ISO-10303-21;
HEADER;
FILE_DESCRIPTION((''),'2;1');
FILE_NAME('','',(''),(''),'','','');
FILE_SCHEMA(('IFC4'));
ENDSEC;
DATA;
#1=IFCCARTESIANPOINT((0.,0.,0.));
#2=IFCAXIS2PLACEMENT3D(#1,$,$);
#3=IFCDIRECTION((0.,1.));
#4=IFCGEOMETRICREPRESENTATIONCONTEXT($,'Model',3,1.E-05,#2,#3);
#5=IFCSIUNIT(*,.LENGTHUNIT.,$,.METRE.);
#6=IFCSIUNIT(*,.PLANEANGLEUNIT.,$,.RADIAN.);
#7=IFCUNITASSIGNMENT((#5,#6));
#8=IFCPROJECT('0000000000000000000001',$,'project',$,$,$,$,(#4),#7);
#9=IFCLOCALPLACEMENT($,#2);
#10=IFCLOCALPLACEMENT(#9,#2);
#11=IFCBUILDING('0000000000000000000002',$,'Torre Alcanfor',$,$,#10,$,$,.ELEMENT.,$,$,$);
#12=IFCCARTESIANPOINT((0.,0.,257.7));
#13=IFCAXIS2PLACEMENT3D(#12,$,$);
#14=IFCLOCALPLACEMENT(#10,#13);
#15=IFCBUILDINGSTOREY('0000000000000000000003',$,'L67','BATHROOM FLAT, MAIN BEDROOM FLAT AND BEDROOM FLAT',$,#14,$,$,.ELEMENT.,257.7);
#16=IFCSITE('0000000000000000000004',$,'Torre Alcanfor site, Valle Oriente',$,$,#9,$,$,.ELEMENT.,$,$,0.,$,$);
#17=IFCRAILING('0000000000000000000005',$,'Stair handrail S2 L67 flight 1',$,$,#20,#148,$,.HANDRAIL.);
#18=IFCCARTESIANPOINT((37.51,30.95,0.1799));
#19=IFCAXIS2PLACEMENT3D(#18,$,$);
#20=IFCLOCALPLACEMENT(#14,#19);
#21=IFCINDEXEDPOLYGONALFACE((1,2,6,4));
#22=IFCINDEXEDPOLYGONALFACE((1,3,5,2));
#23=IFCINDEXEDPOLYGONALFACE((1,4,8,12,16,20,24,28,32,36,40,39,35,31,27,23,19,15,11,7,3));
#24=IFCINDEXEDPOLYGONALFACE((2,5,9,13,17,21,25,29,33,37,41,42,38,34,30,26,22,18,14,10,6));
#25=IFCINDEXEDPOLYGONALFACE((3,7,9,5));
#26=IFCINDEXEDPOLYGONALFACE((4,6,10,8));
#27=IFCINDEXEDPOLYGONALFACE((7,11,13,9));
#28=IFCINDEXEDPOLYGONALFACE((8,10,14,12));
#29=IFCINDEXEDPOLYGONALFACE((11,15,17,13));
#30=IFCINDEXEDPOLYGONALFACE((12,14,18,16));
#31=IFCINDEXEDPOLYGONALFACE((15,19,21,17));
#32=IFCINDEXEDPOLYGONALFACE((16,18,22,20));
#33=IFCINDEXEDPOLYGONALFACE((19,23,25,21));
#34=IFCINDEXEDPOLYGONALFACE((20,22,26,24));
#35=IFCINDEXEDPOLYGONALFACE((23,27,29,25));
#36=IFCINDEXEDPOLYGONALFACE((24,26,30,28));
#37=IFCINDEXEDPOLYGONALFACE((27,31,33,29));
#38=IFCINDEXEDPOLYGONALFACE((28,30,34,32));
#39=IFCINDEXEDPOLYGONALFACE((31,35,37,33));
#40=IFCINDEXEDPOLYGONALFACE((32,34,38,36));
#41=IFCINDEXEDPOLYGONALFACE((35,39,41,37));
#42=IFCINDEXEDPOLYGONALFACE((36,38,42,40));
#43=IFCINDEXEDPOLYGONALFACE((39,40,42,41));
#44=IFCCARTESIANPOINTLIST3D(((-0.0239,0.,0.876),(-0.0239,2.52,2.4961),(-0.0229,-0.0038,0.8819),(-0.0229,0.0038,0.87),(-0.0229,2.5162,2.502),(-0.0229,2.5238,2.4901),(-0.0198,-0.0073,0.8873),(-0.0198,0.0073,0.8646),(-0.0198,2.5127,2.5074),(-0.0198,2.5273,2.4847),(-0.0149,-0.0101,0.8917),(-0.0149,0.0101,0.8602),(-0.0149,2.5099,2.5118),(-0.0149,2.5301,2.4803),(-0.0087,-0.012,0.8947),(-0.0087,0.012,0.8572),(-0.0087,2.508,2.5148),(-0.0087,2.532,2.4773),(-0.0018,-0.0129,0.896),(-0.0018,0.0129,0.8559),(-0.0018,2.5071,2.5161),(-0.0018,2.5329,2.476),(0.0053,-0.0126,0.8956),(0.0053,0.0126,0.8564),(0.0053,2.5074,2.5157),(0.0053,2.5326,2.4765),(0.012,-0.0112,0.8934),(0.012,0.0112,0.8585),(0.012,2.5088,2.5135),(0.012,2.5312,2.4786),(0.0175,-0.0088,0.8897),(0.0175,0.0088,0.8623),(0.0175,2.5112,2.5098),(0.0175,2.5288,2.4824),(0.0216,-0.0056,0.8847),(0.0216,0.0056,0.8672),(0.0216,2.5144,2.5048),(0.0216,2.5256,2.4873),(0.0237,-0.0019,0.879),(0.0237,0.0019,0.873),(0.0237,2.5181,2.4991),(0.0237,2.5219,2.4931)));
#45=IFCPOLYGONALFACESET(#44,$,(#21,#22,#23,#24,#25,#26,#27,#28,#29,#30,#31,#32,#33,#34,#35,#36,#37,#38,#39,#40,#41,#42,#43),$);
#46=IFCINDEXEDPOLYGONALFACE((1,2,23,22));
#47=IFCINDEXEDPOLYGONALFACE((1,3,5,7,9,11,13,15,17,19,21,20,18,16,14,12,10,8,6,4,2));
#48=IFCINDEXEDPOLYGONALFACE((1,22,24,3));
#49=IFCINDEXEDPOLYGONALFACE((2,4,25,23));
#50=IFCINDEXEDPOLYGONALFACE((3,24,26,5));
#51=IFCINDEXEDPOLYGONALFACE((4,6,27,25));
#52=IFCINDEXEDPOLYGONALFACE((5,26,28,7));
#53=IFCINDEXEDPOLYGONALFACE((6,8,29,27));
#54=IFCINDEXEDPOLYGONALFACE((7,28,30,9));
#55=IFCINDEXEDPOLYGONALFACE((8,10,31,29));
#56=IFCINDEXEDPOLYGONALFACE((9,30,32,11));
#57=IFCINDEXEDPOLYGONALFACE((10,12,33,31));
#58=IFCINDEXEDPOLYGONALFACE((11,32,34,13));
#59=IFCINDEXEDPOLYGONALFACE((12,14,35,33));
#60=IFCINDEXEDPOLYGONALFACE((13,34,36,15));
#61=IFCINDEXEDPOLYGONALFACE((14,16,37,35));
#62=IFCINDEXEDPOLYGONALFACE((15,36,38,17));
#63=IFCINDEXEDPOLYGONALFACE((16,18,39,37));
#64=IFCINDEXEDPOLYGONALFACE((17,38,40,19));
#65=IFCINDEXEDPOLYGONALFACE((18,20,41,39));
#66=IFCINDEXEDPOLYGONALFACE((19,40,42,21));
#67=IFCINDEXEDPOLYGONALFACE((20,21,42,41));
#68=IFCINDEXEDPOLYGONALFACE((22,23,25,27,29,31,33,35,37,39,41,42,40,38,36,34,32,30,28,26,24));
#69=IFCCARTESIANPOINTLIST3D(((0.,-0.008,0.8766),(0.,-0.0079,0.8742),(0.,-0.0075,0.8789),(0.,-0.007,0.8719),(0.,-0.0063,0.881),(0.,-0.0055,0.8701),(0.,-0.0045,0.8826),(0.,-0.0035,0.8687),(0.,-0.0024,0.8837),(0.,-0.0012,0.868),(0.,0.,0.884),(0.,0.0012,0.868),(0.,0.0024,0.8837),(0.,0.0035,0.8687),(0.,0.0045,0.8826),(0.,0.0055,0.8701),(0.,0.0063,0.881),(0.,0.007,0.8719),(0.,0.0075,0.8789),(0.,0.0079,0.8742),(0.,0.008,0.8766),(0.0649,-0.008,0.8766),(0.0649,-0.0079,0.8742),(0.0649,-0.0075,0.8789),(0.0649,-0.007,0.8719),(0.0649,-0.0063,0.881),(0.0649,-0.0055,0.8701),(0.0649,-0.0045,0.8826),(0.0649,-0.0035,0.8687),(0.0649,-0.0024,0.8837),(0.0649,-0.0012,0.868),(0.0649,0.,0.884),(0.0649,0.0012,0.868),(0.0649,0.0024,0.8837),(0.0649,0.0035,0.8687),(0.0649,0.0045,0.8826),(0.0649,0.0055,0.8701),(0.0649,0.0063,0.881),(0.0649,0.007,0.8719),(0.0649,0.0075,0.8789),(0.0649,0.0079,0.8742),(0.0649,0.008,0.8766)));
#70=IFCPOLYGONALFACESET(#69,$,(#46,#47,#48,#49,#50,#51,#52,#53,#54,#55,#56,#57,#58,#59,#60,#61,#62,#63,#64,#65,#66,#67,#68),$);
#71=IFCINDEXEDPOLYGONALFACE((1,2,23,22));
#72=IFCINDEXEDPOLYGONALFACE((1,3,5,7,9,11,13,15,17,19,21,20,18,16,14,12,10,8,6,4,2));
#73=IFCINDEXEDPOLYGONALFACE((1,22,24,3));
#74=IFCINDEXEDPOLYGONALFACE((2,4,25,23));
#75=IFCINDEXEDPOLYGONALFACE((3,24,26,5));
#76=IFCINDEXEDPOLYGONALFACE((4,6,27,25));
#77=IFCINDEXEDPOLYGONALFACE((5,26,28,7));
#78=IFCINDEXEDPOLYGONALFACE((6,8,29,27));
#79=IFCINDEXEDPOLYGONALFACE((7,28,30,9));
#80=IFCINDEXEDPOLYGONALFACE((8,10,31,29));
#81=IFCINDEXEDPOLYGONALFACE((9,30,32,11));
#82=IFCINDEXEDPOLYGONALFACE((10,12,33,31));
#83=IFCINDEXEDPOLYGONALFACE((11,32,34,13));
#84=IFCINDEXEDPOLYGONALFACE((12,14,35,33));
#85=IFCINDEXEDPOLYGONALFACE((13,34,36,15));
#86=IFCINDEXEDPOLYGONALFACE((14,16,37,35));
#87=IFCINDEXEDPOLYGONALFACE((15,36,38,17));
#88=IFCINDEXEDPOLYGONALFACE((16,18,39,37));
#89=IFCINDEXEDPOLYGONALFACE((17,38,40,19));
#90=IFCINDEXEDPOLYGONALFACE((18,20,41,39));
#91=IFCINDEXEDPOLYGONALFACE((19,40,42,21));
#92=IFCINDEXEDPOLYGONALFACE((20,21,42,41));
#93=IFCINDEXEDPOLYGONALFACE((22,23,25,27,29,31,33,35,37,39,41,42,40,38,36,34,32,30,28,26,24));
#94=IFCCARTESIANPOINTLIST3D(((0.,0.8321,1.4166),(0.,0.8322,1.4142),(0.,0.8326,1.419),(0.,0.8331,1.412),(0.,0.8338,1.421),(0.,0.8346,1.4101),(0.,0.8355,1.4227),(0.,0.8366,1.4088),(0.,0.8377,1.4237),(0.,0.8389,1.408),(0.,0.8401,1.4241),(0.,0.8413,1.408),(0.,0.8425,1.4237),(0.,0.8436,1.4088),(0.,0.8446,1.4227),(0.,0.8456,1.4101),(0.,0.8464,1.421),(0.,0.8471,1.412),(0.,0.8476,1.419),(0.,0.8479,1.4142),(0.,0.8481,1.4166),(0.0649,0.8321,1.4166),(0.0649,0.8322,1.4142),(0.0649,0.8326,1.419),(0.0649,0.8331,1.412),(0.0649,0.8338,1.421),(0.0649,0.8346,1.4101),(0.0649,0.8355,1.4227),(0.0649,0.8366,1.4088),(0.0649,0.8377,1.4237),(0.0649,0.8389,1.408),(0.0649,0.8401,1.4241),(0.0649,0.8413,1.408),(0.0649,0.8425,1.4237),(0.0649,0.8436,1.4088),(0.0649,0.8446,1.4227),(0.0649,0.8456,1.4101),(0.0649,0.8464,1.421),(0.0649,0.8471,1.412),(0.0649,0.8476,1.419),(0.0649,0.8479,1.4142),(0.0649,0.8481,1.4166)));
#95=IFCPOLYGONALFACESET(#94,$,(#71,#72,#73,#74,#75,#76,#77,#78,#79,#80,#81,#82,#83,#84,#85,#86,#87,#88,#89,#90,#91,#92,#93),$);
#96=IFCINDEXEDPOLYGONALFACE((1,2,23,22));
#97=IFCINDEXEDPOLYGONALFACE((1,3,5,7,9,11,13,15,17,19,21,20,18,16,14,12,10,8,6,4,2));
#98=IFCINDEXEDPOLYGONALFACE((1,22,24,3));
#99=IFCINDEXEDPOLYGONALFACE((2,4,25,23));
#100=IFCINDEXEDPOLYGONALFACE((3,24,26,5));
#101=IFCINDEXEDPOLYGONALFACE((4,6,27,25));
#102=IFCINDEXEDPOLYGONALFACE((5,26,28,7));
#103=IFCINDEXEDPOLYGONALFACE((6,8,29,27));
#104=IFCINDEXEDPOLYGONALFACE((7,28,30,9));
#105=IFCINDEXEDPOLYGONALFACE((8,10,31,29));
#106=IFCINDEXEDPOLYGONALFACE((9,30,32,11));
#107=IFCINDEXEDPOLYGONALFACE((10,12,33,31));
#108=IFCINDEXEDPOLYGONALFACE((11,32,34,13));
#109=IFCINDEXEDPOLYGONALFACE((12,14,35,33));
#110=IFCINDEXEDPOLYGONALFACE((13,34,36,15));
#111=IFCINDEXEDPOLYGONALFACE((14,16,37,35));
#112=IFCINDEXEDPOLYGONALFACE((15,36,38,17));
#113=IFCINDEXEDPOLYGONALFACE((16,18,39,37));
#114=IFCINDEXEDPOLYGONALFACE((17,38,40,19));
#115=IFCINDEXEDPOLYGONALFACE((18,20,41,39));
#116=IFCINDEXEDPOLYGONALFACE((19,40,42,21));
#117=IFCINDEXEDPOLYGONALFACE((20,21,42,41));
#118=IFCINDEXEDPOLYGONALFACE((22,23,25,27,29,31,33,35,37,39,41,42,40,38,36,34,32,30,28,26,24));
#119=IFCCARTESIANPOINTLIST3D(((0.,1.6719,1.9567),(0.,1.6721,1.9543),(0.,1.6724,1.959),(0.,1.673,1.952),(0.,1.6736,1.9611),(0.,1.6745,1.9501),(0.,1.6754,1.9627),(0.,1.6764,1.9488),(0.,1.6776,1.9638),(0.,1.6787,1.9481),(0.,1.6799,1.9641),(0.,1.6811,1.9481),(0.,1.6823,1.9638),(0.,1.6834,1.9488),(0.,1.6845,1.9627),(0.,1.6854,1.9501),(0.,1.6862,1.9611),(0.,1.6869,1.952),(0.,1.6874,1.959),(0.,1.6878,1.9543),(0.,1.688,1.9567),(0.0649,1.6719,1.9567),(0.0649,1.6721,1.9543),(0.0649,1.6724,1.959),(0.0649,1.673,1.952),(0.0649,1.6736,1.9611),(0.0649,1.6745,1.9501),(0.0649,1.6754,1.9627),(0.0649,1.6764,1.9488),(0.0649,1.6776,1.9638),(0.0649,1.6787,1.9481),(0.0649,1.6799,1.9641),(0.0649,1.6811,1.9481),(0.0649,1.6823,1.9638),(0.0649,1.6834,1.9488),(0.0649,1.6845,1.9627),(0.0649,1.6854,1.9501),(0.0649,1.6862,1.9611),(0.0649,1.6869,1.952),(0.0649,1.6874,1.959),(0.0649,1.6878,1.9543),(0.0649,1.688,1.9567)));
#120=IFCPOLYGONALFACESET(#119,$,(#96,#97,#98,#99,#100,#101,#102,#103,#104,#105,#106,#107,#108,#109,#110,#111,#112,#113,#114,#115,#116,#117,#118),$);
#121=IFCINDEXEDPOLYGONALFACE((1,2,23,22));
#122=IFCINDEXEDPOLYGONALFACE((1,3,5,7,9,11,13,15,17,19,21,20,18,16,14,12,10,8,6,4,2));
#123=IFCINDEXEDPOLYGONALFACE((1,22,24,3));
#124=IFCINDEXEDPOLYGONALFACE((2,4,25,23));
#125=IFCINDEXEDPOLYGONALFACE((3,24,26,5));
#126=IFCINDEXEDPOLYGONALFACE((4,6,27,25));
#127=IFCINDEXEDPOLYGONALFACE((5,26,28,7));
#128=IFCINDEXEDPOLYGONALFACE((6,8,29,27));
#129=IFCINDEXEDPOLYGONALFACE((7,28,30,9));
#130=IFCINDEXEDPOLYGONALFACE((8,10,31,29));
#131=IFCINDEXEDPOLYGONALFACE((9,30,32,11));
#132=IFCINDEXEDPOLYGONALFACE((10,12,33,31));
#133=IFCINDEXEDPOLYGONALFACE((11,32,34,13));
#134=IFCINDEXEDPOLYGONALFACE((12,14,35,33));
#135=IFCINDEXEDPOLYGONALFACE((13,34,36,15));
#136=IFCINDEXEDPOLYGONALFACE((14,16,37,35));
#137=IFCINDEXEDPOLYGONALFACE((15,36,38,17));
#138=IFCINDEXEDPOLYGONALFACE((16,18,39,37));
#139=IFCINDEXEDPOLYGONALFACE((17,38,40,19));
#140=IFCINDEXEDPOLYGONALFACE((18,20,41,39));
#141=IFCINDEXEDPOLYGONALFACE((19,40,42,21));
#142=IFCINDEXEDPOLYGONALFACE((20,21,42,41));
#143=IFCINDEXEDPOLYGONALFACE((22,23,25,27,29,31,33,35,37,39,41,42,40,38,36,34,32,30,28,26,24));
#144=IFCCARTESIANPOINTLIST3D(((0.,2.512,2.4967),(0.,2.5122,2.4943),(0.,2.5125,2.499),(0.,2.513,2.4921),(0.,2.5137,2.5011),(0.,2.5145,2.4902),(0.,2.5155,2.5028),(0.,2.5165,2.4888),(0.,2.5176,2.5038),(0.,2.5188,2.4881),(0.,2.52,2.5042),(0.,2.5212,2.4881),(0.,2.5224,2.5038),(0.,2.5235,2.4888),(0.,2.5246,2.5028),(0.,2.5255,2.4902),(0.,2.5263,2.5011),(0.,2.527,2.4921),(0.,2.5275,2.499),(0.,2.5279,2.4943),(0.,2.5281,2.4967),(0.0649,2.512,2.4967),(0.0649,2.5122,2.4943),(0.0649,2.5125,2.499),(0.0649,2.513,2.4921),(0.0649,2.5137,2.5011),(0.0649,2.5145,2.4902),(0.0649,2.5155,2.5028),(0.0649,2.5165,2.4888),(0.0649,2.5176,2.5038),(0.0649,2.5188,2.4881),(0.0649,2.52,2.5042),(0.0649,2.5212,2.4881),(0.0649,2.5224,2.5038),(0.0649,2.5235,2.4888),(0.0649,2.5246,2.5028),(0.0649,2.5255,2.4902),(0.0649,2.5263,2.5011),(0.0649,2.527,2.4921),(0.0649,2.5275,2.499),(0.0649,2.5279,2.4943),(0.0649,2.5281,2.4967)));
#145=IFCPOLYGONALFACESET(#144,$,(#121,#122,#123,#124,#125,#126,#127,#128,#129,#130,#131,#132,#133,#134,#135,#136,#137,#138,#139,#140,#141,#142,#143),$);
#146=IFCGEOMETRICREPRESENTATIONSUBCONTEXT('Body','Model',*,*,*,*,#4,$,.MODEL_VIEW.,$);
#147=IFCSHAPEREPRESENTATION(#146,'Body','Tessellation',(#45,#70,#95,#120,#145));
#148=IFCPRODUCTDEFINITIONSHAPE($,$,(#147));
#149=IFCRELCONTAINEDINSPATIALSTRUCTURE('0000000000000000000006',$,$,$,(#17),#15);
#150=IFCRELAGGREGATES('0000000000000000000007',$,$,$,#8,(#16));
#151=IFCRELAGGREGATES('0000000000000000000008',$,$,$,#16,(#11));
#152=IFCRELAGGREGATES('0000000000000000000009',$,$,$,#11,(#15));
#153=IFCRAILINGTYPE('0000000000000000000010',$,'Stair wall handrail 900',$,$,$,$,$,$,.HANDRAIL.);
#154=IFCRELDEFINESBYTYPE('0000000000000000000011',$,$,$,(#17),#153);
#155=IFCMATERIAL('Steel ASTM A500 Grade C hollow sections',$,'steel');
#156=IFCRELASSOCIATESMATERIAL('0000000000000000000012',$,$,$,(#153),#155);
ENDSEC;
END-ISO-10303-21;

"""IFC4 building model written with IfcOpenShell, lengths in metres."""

from ifc_helpers import new_model, si_unit, direction, frame, origin, origin_2d, place, context, subcontext, project, spatial, circle, extrude, material, type_object, element, save


model = new_model("IFC4")

# Units and contexts
model_context = context("Model", 3, precision=1e-05, world=origin(), true_north=direction((0.0, 1.0)))
body_context = subcontext(model_context, "Body", "Model", "MODEL_VIEW")
ifc_project = project(units=[si_unit("LENGTHUNIT", "METRE"), si_unit("PLANEANGLEUNIT", "RADIAN")], contexts=[model_context])

# Site, building, storey
site_placement = place(None, origin())
site = spatial("IfcSite", under=ifc_project, at=site_placement, Name="Torre Alcanfor site, Valle Oriente", CompositionType="ELEMENT", RefElevation=0.0)
building_placement = place(site_placement, origin())
building = spatial("IfcBuilding", under=site, at=building_placement, Name="Torre Alcanfor", CompositionType="ELEMENT")
storey_placement = place(building_placement, frame((0.0, 0.0, 257.7)))
storey = spatial("IfcBuildingStorey", under=building, at=storey_placement, Name="L67", Description="BATHROOM FLAT, MAIN BEDROOM FLAT AND BEDROOM FLAT", CompositionType="ELEMENT", Elevation=257.7)

# Railing
ifc_material_1 = material(Name="Steel ASTM A500 Grade C hollow sections", Category="steel")
railing_type_1 = type_object("IfcRailingType", Name="Stair wall handrail 900", PredefinedType="HANDRAIL", material=ifc_material_1)
railing_1_placement = place(storey_placement, frame((37.51, 30.95, 0.1799)))
element("IfcRailing", 1, at=railing_1_placement, inside=storey, type_object=railing_type_1, Name="Stair handrail S2 L67 flight 1", PredefinedType="HANDRAIL", context=body_context, shape_type="SweptSolid", body=[
    extrude(circle(Radius=0.0239, at=origin_2d()), frame((0.0, 0.0, 0.876), z_axis=(0.0, 0.841163, 0.540782), x_axis=(-1.0, 0.0, 0.0)), (0.0, 0.0, 1.0), 2.9958),
    extrude(circle(Radius=0.0081, at=origin_2d()), frame((0.0, 0.0, 0.876), z_axis=(1.0, 0.0, 0.0), x_axis=(0.0, 0.0, 1.0)), (0.0, 0.0, 1.0), 0.0649),
    extrude(circle(Radius=0.0081, at=origin_2d()), frame((0.0, 0.8401, 1.416), z_axis=(1.0, 0.0, 0.0), x_axis=(0.0, 0.0, 1.0)), (0.0, 0.0, 1.0), 0.0649),
    extrude(circle(Radius=0.0081, at=origin_2d()), frame((0.0, 1.6799, 1.9561), z_axis=(1.0, 0.0, 0.0), x_axis=(0.0, 0.0, 1.0)), (0.0, 0.0, 1.0), 0.0649),
    extrude(circle(Radius=0.0081, at=origin_2d()), frame((0.0, 2.52, 2.4961), z_axis=(1.0, 0.0, 0.0), x_axis=(0.0, 0.0, 1.0)), (0.0, 0.0, 1.0), 0.0649),
])

save(model, "model.ifc")
